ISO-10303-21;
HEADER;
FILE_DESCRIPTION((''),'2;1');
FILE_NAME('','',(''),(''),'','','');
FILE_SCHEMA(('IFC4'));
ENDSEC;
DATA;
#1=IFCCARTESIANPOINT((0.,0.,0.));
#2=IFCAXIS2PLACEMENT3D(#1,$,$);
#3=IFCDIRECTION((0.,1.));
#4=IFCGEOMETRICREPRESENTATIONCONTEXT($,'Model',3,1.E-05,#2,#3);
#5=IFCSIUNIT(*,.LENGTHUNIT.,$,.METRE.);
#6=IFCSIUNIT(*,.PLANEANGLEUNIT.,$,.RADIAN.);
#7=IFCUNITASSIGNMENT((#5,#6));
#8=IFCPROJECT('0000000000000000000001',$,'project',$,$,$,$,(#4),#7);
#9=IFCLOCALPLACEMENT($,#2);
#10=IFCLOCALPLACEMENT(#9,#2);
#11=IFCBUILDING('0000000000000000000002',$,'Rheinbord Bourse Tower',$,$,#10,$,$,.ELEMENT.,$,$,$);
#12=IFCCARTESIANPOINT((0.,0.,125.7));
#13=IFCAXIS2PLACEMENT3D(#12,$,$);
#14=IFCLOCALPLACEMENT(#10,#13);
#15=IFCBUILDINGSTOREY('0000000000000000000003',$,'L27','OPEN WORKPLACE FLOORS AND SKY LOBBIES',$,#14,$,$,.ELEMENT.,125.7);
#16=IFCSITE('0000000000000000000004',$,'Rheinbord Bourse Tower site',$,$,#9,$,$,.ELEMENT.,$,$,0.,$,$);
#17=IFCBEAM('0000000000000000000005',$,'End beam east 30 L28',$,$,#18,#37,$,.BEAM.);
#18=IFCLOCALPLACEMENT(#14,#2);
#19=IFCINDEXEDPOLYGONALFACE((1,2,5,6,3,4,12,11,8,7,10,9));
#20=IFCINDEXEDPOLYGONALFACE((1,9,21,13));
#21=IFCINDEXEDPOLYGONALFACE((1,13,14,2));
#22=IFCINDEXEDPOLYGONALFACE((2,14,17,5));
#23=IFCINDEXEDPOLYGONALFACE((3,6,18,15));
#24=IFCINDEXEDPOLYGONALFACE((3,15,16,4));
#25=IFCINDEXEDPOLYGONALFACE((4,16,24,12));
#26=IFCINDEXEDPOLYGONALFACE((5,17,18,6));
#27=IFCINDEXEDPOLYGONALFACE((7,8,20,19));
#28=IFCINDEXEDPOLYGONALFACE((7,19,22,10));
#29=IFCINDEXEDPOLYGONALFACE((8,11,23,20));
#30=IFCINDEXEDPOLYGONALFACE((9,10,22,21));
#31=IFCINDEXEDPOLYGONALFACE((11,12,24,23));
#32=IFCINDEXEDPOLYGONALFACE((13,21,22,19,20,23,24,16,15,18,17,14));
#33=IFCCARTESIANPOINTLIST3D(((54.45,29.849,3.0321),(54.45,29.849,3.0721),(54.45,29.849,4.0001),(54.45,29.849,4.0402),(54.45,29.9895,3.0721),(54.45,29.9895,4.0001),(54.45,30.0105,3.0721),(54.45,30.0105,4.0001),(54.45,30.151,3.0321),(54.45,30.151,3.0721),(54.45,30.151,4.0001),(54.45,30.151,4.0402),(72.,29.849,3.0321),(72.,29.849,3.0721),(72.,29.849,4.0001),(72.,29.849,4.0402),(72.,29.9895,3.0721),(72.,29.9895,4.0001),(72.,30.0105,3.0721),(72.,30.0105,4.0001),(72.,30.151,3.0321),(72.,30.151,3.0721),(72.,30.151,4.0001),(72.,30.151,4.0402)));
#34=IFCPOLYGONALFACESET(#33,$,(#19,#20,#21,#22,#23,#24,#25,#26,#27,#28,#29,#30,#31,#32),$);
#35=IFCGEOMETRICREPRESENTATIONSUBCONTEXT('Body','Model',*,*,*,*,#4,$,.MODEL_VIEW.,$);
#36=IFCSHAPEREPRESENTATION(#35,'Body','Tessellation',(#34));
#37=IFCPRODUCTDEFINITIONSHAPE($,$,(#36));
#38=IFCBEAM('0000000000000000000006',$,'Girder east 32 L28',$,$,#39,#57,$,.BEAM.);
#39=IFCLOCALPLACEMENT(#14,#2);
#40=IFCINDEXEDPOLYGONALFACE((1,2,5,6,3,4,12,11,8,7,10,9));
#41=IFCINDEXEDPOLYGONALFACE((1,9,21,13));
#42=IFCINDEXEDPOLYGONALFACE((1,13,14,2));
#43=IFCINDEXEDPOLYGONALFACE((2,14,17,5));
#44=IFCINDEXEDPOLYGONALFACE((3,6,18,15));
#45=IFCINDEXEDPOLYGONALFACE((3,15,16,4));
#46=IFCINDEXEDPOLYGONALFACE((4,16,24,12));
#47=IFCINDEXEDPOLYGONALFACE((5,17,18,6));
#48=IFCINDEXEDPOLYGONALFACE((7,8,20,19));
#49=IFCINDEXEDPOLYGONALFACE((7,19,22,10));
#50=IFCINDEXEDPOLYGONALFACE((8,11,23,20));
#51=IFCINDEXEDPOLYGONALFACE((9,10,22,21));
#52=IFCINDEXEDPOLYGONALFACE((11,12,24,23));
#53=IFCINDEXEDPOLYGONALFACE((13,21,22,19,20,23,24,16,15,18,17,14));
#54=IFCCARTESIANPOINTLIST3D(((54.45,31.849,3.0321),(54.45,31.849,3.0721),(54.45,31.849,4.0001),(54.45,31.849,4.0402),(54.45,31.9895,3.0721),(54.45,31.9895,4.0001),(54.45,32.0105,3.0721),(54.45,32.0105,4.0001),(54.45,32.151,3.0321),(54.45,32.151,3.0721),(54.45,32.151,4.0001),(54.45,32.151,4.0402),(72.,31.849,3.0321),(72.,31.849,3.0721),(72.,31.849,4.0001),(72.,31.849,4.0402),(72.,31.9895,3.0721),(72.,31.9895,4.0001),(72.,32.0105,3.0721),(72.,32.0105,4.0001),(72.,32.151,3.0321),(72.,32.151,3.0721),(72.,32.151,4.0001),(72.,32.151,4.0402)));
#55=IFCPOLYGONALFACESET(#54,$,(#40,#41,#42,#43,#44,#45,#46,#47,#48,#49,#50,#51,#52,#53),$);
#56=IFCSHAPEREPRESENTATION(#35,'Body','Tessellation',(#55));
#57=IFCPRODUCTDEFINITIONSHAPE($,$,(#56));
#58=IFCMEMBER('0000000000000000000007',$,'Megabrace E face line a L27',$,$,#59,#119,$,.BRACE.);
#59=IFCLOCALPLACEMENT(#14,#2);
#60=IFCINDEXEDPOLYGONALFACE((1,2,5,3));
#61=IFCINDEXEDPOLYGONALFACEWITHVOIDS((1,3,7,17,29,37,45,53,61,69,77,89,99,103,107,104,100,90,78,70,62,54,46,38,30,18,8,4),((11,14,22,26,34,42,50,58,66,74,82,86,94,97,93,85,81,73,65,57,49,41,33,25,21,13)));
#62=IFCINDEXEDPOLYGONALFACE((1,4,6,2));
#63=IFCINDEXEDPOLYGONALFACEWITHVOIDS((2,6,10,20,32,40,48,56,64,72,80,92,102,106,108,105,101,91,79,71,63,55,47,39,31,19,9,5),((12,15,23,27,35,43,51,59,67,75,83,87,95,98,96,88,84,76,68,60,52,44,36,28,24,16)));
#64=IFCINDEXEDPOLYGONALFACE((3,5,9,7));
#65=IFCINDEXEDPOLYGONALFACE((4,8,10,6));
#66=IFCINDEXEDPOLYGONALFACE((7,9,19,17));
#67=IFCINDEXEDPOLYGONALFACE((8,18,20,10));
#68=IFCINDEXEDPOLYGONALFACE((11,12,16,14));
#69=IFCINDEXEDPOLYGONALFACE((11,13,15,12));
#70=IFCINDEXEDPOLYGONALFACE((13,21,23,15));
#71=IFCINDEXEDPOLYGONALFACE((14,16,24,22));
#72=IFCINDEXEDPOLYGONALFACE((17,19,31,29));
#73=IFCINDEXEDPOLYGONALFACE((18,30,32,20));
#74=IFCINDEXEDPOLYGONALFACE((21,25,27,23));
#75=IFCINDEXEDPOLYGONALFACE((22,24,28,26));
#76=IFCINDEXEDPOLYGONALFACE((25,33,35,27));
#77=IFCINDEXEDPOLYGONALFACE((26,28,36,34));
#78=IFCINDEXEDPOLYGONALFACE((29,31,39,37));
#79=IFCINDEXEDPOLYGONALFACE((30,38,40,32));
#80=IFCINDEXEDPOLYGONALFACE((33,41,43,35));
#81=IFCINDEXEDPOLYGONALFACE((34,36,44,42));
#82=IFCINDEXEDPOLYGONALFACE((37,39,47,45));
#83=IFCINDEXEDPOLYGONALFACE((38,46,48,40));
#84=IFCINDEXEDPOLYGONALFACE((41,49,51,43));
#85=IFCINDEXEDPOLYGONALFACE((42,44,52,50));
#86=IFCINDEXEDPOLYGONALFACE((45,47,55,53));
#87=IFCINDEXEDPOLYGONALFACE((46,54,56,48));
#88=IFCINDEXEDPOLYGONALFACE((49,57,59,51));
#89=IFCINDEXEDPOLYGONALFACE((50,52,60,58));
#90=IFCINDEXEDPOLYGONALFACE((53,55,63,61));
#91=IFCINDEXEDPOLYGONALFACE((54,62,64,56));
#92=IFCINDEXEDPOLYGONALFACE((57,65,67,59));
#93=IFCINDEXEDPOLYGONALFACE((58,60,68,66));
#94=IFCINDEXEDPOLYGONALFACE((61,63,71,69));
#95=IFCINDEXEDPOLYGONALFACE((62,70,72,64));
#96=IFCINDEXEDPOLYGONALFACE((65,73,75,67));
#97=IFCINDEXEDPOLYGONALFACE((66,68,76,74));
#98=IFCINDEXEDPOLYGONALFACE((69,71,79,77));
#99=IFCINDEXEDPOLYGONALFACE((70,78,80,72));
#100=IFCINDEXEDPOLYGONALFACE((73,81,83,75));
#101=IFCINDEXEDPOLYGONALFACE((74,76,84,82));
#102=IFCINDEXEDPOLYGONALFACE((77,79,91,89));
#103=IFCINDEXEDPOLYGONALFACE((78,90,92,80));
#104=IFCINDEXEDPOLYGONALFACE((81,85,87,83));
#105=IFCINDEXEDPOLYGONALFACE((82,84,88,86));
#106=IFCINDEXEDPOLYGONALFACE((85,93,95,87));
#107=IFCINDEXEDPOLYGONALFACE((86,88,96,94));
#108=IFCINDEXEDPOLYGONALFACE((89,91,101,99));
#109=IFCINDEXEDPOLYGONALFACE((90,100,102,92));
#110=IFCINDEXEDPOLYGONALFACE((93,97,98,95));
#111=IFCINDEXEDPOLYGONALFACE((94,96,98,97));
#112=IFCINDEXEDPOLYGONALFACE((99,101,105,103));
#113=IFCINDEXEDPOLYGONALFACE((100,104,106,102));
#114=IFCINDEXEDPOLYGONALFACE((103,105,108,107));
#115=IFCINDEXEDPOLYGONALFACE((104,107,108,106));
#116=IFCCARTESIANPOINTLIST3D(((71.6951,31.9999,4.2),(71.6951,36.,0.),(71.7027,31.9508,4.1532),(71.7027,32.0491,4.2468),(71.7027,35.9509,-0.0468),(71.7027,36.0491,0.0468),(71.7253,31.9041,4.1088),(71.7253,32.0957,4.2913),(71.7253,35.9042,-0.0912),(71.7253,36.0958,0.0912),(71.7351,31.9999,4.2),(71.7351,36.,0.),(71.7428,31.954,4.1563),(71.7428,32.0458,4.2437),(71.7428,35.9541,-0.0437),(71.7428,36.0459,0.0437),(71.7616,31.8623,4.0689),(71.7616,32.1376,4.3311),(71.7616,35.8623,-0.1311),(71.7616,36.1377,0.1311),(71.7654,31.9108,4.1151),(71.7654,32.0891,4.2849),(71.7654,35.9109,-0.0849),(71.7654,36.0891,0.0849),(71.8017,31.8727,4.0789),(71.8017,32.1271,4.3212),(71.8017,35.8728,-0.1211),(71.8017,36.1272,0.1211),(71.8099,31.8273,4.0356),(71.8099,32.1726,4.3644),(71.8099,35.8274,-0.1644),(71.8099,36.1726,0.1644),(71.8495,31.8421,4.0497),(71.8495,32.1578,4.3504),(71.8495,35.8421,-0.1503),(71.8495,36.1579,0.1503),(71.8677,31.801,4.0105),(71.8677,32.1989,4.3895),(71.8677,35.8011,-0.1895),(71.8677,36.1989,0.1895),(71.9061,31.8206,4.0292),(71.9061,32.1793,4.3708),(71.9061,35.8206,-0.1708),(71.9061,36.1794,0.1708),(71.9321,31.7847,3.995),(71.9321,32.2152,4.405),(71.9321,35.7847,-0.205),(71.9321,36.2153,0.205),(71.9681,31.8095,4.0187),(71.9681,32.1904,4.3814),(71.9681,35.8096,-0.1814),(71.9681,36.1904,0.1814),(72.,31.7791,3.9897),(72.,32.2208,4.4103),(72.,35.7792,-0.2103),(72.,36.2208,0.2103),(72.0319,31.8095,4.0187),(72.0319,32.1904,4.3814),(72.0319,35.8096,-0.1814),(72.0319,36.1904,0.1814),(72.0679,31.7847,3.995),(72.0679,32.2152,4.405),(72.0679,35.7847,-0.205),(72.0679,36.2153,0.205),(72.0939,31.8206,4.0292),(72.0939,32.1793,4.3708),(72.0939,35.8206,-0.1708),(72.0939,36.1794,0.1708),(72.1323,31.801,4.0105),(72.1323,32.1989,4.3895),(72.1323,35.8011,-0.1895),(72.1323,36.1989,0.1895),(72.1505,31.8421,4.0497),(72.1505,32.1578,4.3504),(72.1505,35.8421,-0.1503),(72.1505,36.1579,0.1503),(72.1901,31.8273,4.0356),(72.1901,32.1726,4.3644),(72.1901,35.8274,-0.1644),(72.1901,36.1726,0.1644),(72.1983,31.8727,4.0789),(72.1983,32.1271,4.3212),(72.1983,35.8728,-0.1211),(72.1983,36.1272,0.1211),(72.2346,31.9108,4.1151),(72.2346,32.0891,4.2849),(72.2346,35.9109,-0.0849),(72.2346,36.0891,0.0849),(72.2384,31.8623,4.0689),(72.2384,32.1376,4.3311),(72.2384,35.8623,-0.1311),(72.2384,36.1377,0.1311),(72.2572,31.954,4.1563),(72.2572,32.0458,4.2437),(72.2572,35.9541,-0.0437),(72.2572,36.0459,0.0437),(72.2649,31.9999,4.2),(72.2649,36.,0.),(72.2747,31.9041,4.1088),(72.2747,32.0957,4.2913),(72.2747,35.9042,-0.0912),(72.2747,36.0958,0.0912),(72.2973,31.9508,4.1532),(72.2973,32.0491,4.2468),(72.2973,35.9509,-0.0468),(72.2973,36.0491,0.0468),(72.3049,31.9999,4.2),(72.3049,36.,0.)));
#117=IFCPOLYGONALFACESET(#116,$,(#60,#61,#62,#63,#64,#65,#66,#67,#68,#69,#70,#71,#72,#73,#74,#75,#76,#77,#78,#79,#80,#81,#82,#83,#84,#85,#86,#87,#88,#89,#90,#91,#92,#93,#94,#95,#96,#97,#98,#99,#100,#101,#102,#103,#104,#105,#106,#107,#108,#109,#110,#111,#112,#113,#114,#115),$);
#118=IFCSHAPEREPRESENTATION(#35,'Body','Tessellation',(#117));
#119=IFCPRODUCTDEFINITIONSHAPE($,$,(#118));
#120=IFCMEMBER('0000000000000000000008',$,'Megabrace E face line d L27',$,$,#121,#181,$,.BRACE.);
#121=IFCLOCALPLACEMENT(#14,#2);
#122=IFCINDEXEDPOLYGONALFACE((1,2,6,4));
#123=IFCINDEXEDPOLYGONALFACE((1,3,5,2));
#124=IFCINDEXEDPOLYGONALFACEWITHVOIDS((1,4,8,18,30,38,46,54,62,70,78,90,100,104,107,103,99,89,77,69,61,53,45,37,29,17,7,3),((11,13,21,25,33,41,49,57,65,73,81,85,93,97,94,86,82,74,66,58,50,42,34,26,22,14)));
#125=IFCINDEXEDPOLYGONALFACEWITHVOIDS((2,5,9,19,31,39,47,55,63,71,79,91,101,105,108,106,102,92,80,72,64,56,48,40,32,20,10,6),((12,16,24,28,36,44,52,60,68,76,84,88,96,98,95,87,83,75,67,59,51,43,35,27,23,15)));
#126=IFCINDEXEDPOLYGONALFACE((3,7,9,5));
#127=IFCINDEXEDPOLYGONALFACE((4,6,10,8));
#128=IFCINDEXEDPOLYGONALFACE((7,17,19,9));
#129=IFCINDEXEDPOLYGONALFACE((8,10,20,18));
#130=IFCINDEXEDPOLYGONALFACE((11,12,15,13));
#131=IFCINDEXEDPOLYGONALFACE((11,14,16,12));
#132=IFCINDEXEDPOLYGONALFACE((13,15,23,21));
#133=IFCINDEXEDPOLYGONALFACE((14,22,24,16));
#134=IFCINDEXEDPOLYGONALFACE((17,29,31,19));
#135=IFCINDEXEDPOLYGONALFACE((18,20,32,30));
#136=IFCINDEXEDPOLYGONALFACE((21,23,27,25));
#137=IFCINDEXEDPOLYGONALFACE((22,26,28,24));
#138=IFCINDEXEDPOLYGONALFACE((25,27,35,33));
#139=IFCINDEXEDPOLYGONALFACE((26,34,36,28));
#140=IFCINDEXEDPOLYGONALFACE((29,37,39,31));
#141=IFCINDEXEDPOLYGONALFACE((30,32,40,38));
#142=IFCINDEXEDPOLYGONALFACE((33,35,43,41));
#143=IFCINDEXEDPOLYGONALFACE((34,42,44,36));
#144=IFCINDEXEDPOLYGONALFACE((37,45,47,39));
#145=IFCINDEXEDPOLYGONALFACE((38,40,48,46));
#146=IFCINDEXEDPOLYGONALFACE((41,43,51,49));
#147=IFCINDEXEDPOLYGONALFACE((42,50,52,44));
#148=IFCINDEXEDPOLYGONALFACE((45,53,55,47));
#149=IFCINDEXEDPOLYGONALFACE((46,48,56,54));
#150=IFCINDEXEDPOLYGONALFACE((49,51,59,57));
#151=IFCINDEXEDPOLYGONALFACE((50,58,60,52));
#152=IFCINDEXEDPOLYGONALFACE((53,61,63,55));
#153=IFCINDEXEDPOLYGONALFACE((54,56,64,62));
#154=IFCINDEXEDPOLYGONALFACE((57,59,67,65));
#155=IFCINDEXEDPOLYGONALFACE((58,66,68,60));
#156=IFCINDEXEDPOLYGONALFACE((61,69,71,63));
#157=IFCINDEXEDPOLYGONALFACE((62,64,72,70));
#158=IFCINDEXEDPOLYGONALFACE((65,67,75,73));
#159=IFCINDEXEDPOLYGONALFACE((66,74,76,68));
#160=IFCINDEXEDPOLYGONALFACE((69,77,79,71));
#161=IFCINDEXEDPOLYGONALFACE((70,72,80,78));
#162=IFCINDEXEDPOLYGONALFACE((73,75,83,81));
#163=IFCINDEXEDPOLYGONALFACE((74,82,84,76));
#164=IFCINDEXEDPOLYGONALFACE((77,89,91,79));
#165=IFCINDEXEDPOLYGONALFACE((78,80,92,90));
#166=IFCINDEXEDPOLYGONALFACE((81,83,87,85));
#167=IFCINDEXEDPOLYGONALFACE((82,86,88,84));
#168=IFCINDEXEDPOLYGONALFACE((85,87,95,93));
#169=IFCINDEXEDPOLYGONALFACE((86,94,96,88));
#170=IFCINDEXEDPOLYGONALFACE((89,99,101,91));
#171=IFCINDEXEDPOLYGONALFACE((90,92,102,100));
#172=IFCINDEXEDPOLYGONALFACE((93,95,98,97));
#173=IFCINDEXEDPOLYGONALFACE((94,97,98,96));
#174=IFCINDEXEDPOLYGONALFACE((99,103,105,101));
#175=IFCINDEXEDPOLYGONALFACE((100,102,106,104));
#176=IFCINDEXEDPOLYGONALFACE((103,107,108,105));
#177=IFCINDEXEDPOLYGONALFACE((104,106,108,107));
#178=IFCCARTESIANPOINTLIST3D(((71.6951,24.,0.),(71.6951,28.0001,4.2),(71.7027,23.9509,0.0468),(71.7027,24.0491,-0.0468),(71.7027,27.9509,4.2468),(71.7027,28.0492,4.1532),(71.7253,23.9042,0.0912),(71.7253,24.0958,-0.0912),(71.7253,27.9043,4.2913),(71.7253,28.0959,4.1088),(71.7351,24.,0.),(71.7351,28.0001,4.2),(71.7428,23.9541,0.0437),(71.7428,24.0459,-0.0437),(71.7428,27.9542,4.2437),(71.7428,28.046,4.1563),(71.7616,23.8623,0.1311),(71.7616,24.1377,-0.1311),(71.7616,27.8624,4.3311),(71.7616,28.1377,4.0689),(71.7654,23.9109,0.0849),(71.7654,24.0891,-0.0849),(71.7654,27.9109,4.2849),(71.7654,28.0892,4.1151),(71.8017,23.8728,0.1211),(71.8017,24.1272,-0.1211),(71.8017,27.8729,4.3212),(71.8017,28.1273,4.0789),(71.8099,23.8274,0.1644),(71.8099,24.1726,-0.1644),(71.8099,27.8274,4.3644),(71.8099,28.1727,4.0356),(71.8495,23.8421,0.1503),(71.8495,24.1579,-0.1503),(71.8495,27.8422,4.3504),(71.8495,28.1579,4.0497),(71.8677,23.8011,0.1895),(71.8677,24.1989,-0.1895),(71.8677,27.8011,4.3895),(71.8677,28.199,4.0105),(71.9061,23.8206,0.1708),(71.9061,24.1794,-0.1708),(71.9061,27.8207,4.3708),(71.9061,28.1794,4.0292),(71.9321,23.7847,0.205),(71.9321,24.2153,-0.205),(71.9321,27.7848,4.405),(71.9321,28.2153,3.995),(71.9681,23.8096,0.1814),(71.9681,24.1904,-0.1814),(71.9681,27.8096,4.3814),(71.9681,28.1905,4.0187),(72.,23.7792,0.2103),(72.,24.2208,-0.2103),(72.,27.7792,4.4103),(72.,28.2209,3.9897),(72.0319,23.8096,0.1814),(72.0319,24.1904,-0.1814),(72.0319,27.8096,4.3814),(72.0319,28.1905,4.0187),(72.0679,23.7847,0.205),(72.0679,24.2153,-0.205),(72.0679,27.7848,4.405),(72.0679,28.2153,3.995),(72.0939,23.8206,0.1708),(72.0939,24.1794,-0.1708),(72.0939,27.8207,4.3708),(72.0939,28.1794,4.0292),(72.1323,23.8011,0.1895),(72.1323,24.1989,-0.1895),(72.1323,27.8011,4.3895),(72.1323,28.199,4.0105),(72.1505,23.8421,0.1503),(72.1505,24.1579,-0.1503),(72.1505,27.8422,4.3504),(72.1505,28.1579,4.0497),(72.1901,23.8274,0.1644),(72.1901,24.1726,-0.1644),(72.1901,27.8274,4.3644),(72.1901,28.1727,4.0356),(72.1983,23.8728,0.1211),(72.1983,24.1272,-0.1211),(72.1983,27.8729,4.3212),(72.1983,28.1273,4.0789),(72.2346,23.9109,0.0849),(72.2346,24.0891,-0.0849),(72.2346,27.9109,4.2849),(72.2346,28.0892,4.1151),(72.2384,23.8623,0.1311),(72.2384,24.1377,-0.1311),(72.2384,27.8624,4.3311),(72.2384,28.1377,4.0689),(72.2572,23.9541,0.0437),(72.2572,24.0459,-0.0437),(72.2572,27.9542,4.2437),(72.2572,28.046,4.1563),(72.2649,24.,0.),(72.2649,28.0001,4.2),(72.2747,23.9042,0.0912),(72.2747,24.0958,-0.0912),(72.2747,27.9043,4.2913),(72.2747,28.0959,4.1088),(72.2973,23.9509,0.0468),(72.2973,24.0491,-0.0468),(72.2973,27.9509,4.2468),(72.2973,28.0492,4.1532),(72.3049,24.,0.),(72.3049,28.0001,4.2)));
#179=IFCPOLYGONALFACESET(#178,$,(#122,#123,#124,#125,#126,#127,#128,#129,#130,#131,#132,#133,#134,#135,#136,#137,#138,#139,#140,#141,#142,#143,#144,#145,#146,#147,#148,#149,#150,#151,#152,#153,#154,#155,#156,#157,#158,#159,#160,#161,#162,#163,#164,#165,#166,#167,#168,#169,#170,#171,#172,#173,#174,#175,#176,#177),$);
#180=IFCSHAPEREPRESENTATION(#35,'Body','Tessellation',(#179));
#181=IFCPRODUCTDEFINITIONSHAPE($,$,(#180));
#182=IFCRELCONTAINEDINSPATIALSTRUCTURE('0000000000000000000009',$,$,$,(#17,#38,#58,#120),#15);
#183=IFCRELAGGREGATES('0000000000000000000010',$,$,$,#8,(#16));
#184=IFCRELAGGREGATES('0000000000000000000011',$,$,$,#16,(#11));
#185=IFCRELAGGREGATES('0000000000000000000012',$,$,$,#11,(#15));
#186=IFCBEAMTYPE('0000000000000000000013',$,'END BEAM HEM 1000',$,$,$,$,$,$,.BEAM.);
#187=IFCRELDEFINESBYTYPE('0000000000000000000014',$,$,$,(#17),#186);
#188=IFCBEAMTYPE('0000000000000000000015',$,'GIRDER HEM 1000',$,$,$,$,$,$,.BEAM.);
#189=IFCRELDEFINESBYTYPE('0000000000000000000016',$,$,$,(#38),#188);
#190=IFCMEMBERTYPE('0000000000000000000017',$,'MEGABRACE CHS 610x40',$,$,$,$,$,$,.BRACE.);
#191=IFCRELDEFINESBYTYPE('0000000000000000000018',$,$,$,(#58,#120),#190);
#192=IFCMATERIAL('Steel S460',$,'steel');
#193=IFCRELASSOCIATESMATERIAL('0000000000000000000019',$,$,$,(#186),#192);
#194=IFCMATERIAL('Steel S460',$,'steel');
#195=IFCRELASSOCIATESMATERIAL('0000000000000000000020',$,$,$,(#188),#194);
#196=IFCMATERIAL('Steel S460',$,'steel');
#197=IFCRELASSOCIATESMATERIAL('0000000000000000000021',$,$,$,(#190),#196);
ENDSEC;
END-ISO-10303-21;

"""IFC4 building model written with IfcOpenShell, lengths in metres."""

from ifc_helpers import new_model, si_unit, direction, frame, origin, origin_2d, place, context, subcontext, project, spatial, hollow_circle, i_section, extrude, material, material_profile, profile_set, type_object, element, save


model = new_model("IFC4")

# Units and contexts
model_context = context("Model", 3, precision=1e-05, world=origin(), true_north=direction((0.0, 1.0)))
body_context = subcontext(model_context, "Body", "Model", "MODEL_VIEW")
ifc_project = project(units=[si_unit("LENGTHUNIT", "METRE"), si_unit("PLANEANGLEUNIT", "RADIAN")], contexts=[model_context])

# Site, building, storey
site_placement = place(None, origin())
site = spatial("IfcSite", under=ifc_project, at=site_placement, Name="Rheinbord Bourse Tower site", CompositionType="ELEMENT", RefElevation=0.0)
building_placement = place(site_placement, origin())
building = spatial("IfcBuilding", under=site, at=building_placement, Name="Rheinbord Bourse Tower", CompositionType="ELEMENT")
storey_placement = place(building_placement, frame((0.0, 0.0, 125.7)))
storey = spatial("IfcBuildingStorey", under=building, at=storey_placement, Name="L27", Description="OPEN WORKPLACE FLOORS AND SKY LOBBIES", CompositionType="ELEMENT", Elevation=125.7)

# Beams
ifc_material_1 = material(Name="Steel S460", Category="steel")
ifc_material_profile_1 = material_profile(ifc_material_1, i_section(OverallWidth=0.302, OverallDepth=1.0081, WebThickness=0.021, FlangeThickness=0.04, at=origin_2d()), Name="HEM 1000")
ifc_profile_set_1 = profile_set([ifc_material_profile_1], Name="Steel S460")
beam_type_1 = type_object("IfcBeamType", Name="END BEAM HEM 1000", PredefinedType="BEAM", material=ifc_profile_set_1)
beam_1_placement = place(storey_placement, frame((54.45, 30.0, 3.5361), z_axis=(1.0, 0.0, 0.0), x_axis=(0.0, 1.0, 0.0)))
element("IfcBeam", 1, at=beam_1_placement, inside=storey, type_object=beam_type_1, Name="End beam east 30 L28", PredefinedType="BEAM", context=body_context, shape_type="SweptSolid", body=[
    extrude(i_section(OverallWidth=0.302, OverallDepth=1.0081, WebThickness=0.021, FlangeThickness=0.04, at=origin_2d()), origin(), (0.0, 0.0, 1.0), 17.55),
])
ifc_material_2 = material(Name="Steel S460", Category="steel")
ifc_material_profile_2 = material_profile(ifc_material_2, i_section(OverallWidth=0.302, OverallDepth=1.0081, WebThickness=0.021, FlangeThickness=0.04, at=origin_2d()), Name="HEM 1000")
ifc_profile_set_2 = profile_set([ifc_material_profile_2], Name="Steel S460")
beam_type_2 = type_object("IfcBeamType", Name="GIRDER HEM 1000", PredefinedType="BEAM", material=ifc_profile_set_2)
beam_2_placement = place(storey_placement, frame((54.45, 32.0, 3.5361), z_axis=(1.0, 0.0, 0.0), x_axis=(0.0, 1.0, 0.0)))
element("IfcBeam", 2, at=beam_2_placement, inside=storey, type_object=beam_type_2, Name="Girder east 32 L28", PredefinedType="BEAM", context=body_context, shape_type="SweptSolid", body=[
    extrude(i_section(OverallWidth=0.302, OverallDepth=1.0081, WebThickness=0.021, FlangeThickness=0.04, at=origin_2d()), origin(), (0.0, 0.0, 1.0), 17.55),
])

# Members
ifc_material_3 = material(Name="Steel S460", Category="steel")
ifc_material_profile_3 = material_profile(ifc_material_3, hollow_circle(Radius=0.3049, WallThickness=0.04, at=origin_2d()), Name="CHS 610x40")
ifc_profile_set_3 = profile_set([ifc_material_profile_3], Name="Steel S460")
member_type_1 = type_object("IfcMemberType", Name="MEGABRACE CHS 610x40", PredefinedType="BRACE", material=ifc_profile_set_3)
for number, where, z_axis, x_axis, name in (
    (3, (72.0, 36.0, 0.0), (0.0, -0.689659, 0.724134), (1.0, 0.0, 0.0), "Megabrace E face line a L27"),
    (4, (72.0, 24.0, 0.0), (0.0, 0.689659, 0.724134), (-1.0, 0.0, 0.0), "Megabrace E face line d L27"),
):
    element("IfcMember", number, at=place(storey_placement, frame(where, z_axis=z_axis, x_axis=x_axis)), inside=storey, type_object=member_type_1, Name=name, PredefinedType="BRACE", context=body_context, shape_type="SweptSolid", body=[
        extrude(hollow_circle(Radius=0.3049, WallThickness=0.04, at=origin_2d()), origin(), (0.0, 0.0, 1.0), 5.8),
    ])

save(model, "model.ifc")
